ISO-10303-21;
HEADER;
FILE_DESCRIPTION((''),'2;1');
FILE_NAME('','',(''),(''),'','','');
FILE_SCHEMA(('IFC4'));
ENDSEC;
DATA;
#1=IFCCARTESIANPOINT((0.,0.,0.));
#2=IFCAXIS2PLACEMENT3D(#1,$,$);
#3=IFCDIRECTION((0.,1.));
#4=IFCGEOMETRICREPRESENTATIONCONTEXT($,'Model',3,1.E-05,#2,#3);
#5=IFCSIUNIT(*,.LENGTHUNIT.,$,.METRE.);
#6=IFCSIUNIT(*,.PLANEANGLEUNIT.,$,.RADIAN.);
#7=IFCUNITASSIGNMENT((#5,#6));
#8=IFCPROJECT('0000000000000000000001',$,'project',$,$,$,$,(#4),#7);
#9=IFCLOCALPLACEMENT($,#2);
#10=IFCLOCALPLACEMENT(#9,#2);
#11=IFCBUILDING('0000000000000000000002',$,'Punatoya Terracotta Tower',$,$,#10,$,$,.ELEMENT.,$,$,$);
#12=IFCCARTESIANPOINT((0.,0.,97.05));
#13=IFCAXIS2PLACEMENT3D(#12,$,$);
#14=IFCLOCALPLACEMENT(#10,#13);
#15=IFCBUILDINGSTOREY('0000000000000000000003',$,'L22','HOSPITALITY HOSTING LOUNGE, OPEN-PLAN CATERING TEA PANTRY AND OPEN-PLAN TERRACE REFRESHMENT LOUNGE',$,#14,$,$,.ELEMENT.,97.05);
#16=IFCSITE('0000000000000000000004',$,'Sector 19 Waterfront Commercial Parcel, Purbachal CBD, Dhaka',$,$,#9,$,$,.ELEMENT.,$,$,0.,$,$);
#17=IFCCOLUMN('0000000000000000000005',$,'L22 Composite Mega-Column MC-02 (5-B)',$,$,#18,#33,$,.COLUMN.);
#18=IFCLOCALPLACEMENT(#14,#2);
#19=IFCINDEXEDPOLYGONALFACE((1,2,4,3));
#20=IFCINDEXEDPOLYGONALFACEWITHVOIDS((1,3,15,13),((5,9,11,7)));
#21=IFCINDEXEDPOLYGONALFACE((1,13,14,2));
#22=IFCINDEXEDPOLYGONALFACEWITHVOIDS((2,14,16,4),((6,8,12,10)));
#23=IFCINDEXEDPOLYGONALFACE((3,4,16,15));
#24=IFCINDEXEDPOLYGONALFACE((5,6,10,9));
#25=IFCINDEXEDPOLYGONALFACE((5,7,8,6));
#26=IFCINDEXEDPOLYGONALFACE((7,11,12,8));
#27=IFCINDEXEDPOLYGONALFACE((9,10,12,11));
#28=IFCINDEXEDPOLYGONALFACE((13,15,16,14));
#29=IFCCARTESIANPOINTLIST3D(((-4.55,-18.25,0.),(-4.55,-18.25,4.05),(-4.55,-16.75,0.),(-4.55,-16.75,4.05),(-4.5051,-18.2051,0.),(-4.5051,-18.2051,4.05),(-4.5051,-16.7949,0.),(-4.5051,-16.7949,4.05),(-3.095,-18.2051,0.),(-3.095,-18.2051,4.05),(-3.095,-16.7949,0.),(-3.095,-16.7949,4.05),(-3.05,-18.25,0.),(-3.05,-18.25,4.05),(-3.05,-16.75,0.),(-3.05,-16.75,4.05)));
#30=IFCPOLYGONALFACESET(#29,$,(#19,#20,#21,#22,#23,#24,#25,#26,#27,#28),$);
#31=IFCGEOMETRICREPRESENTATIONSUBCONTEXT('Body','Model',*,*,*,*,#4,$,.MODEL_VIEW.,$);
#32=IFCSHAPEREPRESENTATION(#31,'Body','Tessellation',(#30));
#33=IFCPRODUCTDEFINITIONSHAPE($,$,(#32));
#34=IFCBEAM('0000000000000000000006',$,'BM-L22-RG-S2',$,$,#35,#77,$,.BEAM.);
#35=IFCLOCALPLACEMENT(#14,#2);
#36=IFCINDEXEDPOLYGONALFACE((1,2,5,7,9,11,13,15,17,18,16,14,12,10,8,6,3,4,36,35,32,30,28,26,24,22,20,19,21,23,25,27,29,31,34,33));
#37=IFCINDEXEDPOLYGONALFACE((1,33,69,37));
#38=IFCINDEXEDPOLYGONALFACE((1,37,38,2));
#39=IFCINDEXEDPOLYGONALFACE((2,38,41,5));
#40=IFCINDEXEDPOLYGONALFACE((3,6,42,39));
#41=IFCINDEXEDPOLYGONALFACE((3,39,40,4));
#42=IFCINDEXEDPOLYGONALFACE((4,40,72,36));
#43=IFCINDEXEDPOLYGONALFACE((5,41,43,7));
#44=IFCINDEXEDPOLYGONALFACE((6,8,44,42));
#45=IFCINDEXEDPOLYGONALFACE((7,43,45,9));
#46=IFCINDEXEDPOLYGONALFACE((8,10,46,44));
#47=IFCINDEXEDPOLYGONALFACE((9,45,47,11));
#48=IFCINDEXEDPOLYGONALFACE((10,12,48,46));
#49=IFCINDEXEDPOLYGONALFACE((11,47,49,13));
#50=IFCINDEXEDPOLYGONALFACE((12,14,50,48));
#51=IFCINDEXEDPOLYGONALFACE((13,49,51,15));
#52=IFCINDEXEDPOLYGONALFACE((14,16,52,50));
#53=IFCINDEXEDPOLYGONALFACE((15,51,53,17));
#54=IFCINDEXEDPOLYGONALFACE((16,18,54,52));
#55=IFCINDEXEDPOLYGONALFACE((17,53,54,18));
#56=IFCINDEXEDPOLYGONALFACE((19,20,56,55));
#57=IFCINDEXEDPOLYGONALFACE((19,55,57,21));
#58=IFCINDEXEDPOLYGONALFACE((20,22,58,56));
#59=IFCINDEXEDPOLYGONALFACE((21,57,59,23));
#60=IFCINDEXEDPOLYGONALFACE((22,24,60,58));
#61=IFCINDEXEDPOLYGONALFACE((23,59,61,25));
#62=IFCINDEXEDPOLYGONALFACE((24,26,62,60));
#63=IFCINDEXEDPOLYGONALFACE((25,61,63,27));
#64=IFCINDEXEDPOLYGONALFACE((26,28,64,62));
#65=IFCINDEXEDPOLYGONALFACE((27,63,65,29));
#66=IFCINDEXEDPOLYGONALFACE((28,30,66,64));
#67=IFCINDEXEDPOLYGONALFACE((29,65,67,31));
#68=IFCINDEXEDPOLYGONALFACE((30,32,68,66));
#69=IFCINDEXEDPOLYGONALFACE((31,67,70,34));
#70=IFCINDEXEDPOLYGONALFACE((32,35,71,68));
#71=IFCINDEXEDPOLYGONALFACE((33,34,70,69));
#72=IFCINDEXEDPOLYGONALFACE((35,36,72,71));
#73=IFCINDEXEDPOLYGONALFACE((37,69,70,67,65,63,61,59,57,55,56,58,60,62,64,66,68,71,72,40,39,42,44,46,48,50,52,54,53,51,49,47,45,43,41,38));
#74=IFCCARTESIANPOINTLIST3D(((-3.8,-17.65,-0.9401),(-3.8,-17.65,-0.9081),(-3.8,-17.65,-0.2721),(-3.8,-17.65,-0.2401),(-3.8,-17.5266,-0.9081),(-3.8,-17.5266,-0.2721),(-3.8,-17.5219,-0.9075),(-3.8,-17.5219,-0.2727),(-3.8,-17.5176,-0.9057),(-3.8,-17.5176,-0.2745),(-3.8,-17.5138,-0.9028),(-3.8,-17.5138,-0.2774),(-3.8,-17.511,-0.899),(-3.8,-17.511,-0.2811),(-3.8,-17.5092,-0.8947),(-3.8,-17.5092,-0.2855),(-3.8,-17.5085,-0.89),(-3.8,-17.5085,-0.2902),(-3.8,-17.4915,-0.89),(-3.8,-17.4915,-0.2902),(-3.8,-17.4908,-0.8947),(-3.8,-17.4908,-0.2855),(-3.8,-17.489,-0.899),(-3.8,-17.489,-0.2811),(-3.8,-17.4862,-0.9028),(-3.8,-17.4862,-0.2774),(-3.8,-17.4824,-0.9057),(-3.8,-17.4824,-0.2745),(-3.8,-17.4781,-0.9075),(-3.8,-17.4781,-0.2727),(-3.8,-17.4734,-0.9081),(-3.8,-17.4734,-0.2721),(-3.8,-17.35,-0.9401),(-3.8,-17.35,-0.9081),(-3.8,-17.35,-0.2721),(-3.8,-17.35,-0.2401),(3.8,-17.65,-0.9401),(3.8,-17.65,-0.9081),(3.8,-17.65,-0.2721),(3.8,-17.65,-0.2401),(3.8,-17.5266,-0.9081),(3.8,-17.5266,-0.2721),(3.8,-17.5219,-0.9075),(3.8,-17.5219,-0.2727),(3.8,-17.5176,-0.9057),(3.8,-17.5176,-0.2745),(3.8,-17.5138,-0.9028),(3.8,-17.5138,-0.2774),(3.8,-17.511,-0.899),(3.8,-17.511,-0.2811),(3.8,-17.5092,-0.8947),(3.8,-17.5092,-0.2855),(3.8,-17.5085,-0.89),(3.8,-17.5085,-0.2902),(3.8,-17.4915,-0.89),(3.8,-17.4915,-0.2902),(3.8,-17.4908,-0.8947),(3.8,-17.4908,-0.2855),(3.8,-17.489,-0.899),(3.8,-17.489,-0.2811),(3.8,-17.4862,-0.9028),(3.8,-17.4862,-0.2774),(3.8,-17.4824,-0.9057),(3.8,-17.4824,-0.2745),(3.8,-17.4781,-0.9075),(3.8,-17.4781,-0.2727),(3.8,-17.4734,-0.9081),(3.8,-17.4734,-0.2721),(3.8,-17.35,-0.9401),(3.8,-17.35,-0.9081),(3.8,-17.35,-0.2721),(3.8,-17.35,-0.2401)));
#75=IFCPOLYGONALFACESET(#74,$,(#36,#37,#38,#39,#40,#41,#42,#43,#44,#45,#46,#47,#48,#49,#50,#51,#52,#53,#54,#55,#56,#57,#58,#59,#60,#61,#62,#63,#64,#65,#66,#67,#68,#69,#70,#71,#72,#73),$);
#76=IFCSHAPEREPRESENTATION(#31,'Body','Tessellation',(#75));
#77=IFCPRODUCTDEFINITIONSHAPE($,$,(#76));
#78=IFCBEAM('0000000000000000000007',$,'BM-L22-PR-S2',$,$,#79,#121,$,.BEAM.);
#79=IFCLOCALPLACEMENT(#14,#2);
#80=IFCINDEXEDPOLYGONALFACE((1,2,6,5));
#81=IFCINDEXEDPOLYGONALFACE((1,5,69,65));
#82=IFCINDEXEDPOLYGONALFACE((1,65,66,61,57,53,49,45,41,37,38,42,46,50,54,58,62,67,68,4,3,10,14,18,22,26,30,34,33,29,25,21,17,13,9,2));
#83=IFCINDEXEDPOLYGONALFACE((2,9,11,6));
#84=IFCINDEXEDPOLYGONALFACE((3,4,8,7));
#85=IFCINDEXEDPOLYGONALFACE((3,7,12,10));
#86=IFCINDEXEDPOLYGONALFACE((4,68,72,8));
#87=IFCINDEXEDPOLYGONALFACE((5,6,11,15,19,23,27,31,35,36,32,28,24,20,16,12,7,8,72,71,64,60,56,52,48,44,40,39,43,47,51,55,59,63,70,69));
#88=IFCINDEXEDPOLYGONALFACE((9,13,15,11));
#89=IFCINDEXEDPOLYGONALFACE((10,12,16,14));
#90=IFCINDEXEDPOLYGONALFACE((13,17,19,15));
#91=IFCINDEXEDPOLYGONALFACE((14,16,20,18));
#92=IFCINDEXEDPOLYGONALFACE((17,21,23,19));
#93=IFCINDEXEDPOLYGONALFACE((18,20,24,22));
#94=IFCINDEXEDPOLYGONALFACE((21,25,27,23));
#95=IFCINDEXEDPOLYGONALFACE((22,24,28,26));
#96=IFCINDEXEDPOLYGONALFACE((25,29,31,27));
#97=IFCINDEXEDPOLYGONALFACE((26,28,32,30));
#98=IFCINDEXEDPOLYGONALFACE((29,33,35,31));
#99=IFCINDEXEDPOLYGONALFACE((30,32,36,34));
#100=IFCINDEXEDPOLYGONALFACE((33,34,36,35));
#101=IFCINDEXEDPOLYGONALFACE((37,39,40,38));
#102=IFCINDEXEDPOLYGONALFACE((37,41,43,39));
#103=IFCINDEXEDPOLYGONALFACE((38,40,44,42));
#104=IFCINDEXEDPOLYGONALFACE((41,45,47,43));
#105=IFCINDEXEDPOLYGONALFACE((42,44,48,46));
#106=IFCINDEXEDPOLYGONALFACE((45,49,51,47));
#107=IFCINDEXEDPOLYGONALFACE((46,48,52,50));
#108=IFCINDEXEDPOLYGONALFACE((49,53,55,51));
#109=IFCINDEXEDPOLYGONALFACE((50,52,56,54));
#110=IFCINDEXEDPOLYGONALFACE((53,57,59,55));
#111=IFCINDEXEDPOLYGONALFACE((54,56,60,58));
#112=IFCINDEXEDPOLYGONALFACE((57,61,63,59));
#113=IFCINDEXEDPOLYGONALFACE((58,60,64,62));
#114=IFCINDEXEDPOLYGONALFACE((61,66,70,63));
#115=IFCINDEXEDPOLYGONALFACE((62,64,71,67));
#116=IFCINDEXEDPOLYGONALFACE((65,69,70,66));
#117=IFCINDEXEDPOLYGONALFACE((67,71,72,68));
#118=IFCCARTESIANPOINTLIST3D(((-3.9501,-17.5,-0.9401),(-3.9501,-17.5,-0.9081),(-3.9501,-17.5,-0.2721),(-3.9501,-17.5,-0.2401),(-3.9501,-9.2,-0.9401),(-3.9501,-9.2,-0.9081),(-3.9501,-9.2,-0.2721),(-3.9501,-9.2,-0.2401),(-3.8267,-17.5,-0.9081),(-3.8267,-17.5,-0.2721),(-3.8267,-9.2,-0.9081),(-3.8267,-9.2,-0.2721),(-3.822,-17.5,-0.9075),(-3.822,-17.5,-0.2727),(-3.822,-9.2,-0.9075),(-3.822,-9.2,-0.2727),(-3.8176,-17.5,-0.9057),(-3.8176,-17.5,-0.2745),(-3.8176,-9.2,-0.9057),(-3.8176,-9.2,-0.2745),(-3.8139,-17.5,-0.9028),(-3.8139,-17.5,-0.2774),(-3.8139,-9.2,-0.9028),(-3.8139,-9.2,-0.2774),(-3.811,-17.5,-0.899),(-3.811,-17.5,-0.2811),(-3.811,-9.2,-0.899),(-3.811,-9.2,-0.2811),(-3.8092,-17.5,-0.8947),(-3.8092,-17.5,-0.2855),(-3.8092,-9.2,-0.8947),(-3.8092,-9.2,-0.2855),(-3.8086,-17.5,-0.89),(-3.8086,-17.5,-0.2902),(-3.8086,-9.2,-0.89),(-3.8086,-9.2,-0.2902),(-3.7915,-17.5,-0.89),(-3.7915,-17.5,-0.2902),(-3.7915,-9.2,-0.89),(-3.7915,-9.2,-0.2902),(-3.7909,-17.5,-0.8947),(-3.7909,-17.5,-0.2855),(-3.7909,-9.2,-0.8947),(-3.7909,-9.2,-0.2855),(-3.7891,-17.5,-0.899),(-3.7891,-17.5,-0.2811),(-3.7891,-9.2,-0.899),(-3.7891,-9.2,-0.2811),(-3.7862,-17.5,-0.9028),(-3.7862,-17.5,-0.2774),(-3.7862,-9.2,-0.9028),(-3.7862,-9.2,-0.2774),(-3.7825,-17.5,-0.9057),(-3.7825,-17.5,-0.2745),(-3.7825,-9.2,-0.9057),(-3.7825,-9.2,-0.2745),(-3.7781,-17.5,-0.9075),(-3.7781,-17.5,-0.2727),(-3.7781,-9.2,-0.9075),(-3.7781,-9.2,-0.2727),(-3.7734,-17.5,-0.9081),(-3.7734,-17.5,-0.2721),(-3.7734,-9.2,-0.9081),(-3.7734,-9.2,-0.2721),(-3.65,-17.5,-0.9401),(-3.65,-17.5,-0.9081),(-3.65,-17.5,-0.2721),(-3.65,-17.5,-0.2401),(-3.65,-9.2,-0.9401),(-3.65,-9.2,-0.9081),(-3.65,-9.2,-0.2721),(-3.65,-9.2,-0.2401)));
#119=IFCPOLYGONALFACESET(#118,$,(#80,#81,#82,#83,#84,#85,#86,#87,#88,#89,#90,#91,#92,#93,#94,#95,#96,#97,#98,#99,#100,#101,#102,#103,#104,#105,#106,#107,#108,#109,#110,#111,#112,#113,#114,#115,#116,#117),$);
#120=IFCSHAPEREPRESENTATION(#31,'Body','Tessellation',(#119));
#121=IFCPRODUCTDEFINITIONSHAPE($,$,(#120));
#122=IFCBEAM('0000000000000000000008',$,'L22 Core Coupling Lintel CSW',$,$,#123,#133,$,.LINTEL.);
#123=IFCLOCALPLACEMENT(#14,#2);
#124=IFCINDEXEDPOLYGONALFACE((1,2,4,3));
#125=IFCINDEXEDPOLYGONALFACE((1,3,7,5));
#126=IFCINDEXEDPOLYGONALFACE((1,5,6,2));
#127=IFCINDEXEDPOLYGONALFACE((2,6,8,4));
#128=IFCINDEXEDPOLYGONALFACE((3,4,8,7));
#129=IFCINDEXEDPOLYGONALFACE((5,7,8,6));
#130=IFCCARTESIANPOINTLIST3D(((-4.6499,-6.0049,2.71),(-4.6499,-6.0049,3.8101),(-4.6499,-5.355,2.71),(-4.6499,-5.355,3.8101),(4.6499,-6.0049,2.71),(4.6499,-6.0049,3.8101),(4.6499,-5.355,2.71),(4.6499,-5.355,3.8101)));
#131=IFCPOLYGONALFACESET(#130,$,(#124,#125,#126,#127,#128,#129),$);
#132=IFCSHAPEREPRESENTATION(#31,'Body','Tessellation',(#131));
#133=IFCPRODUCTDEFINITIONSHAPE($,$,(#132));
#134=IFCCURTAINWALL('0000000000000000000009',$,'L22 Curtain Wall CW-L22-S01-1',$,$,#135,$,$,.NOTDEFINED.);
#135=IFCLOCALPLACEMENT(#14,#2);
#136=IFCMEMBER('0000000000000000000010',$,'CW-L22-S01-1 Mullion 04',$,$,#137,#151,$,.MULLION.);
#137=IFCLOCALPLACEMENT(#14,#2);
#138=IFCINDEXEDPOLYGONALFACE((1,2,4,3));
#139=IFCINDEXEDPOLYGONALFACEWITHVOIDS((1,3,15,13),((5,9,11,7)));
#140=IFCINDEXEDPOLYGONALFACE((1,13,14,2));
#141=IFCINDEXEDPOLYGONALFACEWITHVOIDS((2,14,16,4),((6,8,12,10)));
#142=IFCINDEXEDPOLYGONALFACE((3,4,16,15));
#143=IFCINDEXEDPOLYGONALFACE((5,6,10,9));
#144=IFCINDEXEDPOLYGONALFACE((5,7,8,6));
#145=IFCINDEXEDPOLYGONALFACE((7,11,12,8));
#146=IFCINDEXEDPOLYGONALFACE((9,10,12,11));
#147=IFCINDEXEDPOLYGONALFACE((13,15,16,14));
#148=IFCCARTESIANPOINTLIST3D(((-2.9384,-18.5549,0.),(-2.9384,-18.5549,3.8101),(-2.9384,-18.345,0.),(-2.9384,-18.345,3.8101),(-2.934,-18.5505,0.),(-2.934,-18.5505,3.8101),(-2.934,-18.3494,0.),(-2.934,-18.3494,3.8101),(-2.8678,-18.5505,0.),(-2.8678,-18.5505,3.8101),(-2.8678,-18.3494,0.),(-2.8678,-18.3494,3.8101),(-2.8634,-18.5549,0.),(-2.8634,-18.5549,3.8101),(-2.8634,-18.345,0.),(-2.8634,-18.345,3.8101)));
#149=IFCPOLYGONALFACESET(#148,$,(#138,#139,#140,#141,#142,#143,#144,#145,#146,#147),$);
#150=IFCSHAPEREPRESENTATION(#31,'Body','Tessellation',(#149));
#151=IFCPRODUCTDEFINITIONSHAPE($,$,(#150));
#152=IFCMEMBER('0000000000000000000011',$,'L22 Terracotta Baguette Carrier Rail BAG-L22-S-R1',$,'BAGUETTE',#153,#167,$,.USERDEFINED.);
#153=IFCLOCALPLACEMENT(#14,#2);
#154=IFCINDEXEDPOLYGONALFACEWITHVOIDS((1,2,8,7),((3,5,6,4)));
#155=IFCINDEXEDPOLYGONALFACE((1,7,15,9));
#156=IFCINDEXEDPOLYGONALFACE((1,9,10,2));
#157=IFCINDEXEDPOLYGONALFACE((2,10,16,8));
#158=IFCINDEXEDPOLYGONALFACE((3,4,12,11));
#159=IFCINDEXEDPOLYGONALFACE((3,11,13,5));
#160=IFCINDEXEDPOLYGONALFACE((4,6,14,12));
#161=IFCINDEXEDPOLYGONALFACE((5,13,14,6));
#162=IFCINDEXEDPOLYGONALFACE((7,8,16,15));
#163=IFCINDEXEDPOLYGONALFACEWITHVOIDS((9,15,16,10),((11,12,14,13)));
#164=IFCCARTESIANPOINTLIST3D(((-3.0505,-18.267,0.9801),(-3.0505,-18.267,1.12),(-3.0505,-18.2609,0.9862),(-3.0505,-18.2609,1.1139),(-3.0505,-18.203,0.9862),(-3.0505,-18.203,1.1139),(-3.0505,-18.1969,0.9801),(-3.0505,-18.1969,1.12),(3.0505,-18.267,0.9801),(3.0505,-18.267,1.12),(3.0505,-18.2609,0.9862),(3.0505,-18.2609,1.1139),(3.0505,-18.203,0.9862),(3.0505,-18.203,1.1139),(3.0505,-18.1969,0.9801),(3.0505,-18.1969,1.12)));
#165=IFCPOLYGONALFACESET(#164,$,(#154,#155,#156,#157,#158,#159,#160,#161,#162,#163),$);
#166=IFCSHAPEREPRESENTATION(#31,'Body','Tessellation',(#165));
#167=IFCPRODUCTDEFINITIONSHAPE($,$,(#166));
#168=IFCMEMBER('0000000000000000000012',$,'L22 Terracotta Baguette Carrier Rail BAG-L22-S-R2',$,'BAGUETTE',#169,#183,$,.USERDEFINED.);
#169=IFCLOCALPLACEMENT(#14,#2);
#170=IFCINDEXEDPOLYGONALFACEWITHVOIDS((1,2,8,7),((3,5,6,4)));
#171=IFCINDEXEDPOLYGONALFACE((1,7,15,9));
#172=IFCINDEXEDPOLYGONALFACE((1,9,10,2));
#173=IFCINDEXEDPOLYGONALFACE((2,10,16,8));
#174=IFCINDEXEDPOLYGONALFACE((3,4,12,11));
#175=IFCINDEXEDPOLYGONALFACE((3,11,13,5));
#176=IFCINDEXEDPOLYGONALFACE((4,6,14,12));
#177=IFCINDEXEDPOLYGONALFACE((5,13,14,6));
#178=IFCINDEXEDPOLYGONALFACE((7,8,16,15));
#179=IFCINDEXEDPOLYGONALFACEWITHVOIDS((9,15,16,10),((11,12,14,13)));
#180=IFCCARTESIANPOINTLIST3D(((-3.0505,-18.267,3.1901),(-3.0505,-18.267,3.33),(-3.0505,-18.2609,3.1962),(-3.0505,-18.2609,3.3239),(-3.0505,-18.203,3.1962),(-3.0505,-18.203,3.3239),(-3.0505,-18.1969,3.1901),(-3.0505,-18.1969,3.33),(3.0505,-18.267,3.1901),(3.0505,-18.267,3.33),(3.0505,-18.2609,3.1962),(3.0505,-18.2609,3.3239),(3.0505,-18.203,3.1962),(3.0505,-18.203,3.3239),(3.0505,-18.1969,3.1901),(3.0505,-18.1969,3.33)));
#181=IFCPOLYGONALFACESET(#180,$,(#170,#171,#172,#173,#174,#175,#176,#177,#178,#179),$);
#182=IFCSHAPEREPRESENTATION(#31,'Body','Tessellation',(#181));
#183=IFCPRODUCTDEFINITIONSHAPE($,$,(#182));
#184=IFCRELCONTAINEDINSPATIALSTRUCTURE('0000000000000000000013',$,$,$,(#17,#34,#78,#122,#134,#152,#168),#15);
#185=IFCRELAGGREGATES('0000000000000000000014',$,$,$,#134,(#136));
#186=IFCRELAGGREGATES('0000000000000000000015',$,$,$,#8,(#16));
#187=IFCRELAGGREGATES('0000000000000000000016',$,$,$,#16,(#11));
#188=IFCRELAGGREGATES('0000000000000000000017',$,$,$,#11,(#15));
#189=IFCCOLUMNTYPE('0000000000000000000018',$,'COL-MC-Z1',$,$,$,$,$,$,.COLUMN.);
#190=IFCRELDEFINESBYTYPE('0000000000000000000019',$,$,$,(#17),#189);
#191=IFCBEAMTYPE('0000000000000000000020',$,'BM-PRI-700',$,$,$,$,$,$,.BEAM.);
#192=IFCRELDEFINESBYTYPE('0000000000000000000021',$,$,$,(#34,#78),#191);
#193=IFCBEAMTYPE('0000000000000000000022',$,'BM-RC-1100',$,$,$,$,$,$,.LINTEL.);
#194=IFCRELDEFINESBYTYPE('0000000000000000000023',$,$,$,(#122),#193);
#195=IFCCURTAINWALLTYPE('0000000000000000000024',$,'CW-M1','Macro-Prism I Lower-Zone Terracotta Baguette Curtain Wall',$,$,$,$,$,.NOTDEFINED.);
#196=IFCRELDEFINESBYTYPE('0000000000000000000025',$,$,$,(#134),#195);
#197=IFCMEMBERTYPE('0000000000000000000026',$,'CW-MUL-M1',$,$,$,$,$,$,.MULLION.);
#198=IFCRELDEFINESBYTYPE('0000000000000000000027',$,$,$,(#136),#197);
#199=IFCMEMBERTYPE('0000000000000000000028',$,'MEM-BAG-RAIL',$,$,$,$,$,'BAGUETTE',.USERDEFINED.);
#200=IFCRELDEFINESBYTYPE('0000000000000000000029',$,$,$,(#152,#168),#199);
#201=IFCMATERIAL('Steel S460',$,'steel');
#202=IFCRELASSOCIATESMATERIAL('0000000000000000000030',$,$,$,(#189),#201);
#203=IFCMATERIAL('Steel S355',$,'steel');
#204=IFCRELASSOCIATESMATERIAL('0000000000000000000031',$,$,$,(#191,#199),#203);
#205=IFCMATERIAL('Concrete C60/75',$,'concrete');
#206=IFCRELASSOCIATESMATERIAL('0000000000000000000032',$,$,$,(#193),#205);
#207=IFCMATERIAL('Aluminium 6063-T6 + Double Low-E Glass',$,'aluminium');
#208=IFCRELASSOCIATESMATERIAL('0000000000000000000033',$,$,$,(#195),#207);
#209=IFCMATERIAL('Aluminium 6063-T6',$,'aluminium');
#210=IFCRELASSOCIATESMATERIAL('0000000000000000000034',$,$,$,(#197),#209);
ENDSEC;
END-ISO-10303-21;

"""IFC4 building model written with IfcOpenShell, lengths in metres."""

from ifc_helpers import new_model, si_unit, direction, frame, origin, origin_2d, place, context, subcontext, project, spatial, rectangle, hollow_rectangle, i_section, extrude, material, material_profile, profile_set, type_object, element, aggregate, save


model = new_model("IFC4")

# Units and contexts
model_context = context("Model", 3, precision=1e-05, world=origin(), true_north=direction((0.0, 1.0)))
body_context = subcontext(model_context, "Body", "Model", "MODEL_VIEW")
ifc_project = project(units=[si_unit("LENGTHUNIT", "METRE"), si_unit("PLANEANGLEUNIT", "RADIAN")], contexts=[model_context])

# Site, building, storey
site_placement = place(None, origin())
site = spatial("IfcSite", under=ifc_project, at=site_placement, Name="Sector 19 Waterfront Commercial Parcel, Purbachal CBD, Dhaka", CompositionType="ELEMENT", RefElevation=0.0)
building_placement = place(site_placement, origin())
building = spatial("IfcBuilding", under=site, at=building_placement, Name="Punatoya Terracotta Tower", CompositionType="ELEMENT")
storey_placement = place(building_placement, frame((0.0, 0.0, 97.05)))
storey = spatial("IfcBuildingStorey", under=building, at=storey_placement, Name="L22", Description="HOSPITALITY HOSTING LOUNGE, OPEN-PLAN CATERING TEA PANTRY AND OPEN-PLAN TERRACE REFRESHMENT LOUNGE", CompositionType="ELEMENT", Elevation=97.05)

# Column
ifc_material_1 = material(Name="Steel S460", Category="steel")
ifc_material_profile_1 = material_profile(ifc_material_1, hollow_rectangle(XDim=1.5, YDim=1.5, WallThickness=0.0449, at=origin_2d()))
ifc_profile_set_1 = profile_set([ifc_material_profile_1], Name="Steel S460")
column_type = type_object("IfcColumnType", Name="COL-MC-Z1", PredefinedType="COLUMN", material=ifc_profile_set_1)
column_placement = place(storey_placement, frame((-3.8, -17.5, 0.0), z_axis=(0.0, 0.0, 1.0), x_axis=(1.0, 0.0, 0.0)))
element("IfcColumn", 1, at=column_placement, inside=storey, type_object=column_type, Name="L22 Composite Mega-Column MC-02 (5-B)", PredefinedType="COLUMN", context=body_context, shape_type="SweptSolid", body=[
    extrude(hollow_rectangle(XDim=1.5, YDim=1.5, WallThickness=0.0449, at=origin_2d()), origin(), (0.0, 0.0, 1.0), 4.05),
])

# Beams
ifc_material_2 = material(Name="Steel S355", Category="steel")
ifc_material_profile_2 = material_profile(ifc_material_2, i_section(OverallWidth=0.3, OverallDepth=0.7, WebThickness=0.0171, FlangeThickness=0.032, FilletRadius=0.0181, at=origin_2d()))
ifc_profile_set_2 = profile_set([ifc_material_profile_2], Name="Steel S355")
beam_type_1 = type_object("IfcBeamType", Name="BM-PRI-700", PredefinedType="BEAM", material=ifc_profile_set_2)
beam_1_placement = place(storey_placement, frame((-3.8, -17.5, -0.5901), z_axis=(1.0, 0.0, 0.0), x_axis=(0.0, 1.0, 0.0)))
element("IfcBeam", 2, at=beam_1_placement, inside=storey, type_object=beam_type_1, Name="BM-L22-RG-S2", PredefinedType="BEAM", context=body_context, shape_type="SweptSolid", body=[
    extrude(i_section(OverallWidth=0.3, OverallDepth=0.7, WebThickness=0.0171, FlangeThickness=0.032, FilletRadius=0.0181, at=origin_2d()), origin(), (0.0, 0.0, 1.0), 7.6001),
])
beam_2_placement = place(storey_placement, frame((-3.8, -17.5, -0.5901), z_axis=(0.0, 1.0, 0.0), x_axis=(-1.0, 0.0, 0.0)))
element("IfcBeam", 3, at=beam_2_placement, inside=storey, type_object=beam_type_1, Name="BM-L22-PR-S2", PredefinedType="BEAM", context=body_context, shape_type="SweptSolid", body=[
    extrude(i_section(OverallWidth=0.3, OverallDepth=0.7, WebThickness=0.0171, FlangeThickness=0.032, FilletRadius=0.0181, at=origin_2d()), origin(), (0.0, 0.0, 1.0), 8.3),
])
ifc_material_3 = material(Name="Concrete C60/75", Category="concrete")
ifc_material_profile_3 = material_profile(ifc_material_3, rectangle(XDim=0.6499, YDim=1.1001, at=origin_2d()))
ifc_profile_set_3 = profile_set([ifc_material_profile_3], Name="Concrete C60/75")
beam_type_2 = type_object("IfcBeamType", Name="BM-RC-1100", PredefinedType="LINTEL", material=ifc_profile_set_3)
beam_3_placement = place(storey_placement, frame((-4.6499, -5.6799, 3.26), z_axis=(1.0, 0.0, 0.0), x_axis=(0.0, 1.0, 0.0)))
element("IfcBeam", 4, at=beam_3_placement, inside=storey, type_object=beam_type_2, Name="L22 Core Coupling Lintel CSW", PredefinedType="LINTEL", context=body_context, shape_type="SweptSolid", body=[
    extrude(rectangle(XDim=0.6499, YDim=1.1001, at=origin_2d()), origin(), (0.0, 0.0, 1.0), 9.2998),
])

# Curtain wall, member
ifc_material_4 = material(Name="Aluminium 6063-T6 + Double Low-E Glass", Category="aluminium")
curtain_wall_type = type_object("IfcCurtainWallType", Name="CW-M1", Description="Macro-Prism I Lower-Zone Terracotta Baguette Curtain Wall", PredefinedType="NOTDEFINED", material=ifc_material_4)
curtain_wall_placement = place(storey_placement, origin())
curtain_wall = element("IfcCurtainWall", 5, at=curtain_wall_placement, inside=storey, type_object=curtain_wall_type, Name="L22 Curtain Wall CW-L22-S01-1", PredefinedType="NOTDEFINED")
ifc_material_5 = material(Name="Aluminium 6063-T6", Category="aluminium")
ifc_material_profile_4 = material_profile(ifc_material_5, hollow_rectangle(XDim=0.075, YDim=0.21, WallThickness=0.0044, at=origin_2d()))
ifc_profile_set_4 = profile_set([ifc_material_profile_4], Name="Aluminium 6063-T6")
member_type_1 = type_object("IfcMemberType", Name="CW-MUL-M1", PredefinedType="MULLION", material=ifc_profile_set_4)
member_placement = place(storey_placement, frame((-2.9009, -18.45, 0.0), z_axis=(0.0, 0.0, 1.0), x_axis=(1.0, 0.0, 0.0)))
member = element("IfcMember", 6, at=member_placement, type_object=member_type_1, Name="CW-L22-S01-1 Mullion 04", PredefinedType="MULLION", context=body_context, shape_type="SweptSolid", body=[
    extrude(hollow_rectangle(XDim=0.075, YDim=0.21, WallThickness=0.0044, at=origin_2d()), origin(), (0.0, 0.0, 1.0), 3.8101),
])

# Members
ifc_material_profile_5 = material_profile(ifc_material_2, hollow_rectangle(XDim=0.0701, YDim=0.1399, WallThickness=0.0061, at=origin_2d()))
ifc_profile_set_5 = profile_set([ifc_material_profile_5], Name="Steel S355")
member_type_2 = type_object("IfcMemberType", Name="MEM-BAG-RAIL", ElementType="BAGUETTE", PredefinedType="USERDEFINED", material=ifc_profile_set_5)
for number, where, z_axis, x_axis, name in (
    (7, (-3.0505, -18.2319, 1.05), (1.0, 0.0, 0.0), (0.0, 1.0, 0.0), "L22 Terracotta Baguette Carrier Rail BAG-L22-S-R1"),
    (8, (-3.0505, -18.2319, 3.26), (1.0, 0.0, 0.0), (0.0, 1.0, 0.0), "L22 Terracotta Baguette Carrier Rail BAG-L22-S-R2"),
):
    element("IfcMember", number, at=place(storey_placement, frame(where, z_axis=z_axis, x_axis=x_axis)), inside=storey, type_object=member_type_2, Name=name, ObjectType="BAGUETTE", PredefinedType="USERDEFINED", context=body_context, shape_type="SweptSolid", body=[
        extrude(hollow_rectangle(XDim=0.0701, YDim=0.1399, WallThickness=0.0061, at=origin_2d()), origin(), (0.0, 0.0, 1.0), 6.1011),
    ])

aggregate(curtain_wall, [member])

save(model, "model.ifc")
